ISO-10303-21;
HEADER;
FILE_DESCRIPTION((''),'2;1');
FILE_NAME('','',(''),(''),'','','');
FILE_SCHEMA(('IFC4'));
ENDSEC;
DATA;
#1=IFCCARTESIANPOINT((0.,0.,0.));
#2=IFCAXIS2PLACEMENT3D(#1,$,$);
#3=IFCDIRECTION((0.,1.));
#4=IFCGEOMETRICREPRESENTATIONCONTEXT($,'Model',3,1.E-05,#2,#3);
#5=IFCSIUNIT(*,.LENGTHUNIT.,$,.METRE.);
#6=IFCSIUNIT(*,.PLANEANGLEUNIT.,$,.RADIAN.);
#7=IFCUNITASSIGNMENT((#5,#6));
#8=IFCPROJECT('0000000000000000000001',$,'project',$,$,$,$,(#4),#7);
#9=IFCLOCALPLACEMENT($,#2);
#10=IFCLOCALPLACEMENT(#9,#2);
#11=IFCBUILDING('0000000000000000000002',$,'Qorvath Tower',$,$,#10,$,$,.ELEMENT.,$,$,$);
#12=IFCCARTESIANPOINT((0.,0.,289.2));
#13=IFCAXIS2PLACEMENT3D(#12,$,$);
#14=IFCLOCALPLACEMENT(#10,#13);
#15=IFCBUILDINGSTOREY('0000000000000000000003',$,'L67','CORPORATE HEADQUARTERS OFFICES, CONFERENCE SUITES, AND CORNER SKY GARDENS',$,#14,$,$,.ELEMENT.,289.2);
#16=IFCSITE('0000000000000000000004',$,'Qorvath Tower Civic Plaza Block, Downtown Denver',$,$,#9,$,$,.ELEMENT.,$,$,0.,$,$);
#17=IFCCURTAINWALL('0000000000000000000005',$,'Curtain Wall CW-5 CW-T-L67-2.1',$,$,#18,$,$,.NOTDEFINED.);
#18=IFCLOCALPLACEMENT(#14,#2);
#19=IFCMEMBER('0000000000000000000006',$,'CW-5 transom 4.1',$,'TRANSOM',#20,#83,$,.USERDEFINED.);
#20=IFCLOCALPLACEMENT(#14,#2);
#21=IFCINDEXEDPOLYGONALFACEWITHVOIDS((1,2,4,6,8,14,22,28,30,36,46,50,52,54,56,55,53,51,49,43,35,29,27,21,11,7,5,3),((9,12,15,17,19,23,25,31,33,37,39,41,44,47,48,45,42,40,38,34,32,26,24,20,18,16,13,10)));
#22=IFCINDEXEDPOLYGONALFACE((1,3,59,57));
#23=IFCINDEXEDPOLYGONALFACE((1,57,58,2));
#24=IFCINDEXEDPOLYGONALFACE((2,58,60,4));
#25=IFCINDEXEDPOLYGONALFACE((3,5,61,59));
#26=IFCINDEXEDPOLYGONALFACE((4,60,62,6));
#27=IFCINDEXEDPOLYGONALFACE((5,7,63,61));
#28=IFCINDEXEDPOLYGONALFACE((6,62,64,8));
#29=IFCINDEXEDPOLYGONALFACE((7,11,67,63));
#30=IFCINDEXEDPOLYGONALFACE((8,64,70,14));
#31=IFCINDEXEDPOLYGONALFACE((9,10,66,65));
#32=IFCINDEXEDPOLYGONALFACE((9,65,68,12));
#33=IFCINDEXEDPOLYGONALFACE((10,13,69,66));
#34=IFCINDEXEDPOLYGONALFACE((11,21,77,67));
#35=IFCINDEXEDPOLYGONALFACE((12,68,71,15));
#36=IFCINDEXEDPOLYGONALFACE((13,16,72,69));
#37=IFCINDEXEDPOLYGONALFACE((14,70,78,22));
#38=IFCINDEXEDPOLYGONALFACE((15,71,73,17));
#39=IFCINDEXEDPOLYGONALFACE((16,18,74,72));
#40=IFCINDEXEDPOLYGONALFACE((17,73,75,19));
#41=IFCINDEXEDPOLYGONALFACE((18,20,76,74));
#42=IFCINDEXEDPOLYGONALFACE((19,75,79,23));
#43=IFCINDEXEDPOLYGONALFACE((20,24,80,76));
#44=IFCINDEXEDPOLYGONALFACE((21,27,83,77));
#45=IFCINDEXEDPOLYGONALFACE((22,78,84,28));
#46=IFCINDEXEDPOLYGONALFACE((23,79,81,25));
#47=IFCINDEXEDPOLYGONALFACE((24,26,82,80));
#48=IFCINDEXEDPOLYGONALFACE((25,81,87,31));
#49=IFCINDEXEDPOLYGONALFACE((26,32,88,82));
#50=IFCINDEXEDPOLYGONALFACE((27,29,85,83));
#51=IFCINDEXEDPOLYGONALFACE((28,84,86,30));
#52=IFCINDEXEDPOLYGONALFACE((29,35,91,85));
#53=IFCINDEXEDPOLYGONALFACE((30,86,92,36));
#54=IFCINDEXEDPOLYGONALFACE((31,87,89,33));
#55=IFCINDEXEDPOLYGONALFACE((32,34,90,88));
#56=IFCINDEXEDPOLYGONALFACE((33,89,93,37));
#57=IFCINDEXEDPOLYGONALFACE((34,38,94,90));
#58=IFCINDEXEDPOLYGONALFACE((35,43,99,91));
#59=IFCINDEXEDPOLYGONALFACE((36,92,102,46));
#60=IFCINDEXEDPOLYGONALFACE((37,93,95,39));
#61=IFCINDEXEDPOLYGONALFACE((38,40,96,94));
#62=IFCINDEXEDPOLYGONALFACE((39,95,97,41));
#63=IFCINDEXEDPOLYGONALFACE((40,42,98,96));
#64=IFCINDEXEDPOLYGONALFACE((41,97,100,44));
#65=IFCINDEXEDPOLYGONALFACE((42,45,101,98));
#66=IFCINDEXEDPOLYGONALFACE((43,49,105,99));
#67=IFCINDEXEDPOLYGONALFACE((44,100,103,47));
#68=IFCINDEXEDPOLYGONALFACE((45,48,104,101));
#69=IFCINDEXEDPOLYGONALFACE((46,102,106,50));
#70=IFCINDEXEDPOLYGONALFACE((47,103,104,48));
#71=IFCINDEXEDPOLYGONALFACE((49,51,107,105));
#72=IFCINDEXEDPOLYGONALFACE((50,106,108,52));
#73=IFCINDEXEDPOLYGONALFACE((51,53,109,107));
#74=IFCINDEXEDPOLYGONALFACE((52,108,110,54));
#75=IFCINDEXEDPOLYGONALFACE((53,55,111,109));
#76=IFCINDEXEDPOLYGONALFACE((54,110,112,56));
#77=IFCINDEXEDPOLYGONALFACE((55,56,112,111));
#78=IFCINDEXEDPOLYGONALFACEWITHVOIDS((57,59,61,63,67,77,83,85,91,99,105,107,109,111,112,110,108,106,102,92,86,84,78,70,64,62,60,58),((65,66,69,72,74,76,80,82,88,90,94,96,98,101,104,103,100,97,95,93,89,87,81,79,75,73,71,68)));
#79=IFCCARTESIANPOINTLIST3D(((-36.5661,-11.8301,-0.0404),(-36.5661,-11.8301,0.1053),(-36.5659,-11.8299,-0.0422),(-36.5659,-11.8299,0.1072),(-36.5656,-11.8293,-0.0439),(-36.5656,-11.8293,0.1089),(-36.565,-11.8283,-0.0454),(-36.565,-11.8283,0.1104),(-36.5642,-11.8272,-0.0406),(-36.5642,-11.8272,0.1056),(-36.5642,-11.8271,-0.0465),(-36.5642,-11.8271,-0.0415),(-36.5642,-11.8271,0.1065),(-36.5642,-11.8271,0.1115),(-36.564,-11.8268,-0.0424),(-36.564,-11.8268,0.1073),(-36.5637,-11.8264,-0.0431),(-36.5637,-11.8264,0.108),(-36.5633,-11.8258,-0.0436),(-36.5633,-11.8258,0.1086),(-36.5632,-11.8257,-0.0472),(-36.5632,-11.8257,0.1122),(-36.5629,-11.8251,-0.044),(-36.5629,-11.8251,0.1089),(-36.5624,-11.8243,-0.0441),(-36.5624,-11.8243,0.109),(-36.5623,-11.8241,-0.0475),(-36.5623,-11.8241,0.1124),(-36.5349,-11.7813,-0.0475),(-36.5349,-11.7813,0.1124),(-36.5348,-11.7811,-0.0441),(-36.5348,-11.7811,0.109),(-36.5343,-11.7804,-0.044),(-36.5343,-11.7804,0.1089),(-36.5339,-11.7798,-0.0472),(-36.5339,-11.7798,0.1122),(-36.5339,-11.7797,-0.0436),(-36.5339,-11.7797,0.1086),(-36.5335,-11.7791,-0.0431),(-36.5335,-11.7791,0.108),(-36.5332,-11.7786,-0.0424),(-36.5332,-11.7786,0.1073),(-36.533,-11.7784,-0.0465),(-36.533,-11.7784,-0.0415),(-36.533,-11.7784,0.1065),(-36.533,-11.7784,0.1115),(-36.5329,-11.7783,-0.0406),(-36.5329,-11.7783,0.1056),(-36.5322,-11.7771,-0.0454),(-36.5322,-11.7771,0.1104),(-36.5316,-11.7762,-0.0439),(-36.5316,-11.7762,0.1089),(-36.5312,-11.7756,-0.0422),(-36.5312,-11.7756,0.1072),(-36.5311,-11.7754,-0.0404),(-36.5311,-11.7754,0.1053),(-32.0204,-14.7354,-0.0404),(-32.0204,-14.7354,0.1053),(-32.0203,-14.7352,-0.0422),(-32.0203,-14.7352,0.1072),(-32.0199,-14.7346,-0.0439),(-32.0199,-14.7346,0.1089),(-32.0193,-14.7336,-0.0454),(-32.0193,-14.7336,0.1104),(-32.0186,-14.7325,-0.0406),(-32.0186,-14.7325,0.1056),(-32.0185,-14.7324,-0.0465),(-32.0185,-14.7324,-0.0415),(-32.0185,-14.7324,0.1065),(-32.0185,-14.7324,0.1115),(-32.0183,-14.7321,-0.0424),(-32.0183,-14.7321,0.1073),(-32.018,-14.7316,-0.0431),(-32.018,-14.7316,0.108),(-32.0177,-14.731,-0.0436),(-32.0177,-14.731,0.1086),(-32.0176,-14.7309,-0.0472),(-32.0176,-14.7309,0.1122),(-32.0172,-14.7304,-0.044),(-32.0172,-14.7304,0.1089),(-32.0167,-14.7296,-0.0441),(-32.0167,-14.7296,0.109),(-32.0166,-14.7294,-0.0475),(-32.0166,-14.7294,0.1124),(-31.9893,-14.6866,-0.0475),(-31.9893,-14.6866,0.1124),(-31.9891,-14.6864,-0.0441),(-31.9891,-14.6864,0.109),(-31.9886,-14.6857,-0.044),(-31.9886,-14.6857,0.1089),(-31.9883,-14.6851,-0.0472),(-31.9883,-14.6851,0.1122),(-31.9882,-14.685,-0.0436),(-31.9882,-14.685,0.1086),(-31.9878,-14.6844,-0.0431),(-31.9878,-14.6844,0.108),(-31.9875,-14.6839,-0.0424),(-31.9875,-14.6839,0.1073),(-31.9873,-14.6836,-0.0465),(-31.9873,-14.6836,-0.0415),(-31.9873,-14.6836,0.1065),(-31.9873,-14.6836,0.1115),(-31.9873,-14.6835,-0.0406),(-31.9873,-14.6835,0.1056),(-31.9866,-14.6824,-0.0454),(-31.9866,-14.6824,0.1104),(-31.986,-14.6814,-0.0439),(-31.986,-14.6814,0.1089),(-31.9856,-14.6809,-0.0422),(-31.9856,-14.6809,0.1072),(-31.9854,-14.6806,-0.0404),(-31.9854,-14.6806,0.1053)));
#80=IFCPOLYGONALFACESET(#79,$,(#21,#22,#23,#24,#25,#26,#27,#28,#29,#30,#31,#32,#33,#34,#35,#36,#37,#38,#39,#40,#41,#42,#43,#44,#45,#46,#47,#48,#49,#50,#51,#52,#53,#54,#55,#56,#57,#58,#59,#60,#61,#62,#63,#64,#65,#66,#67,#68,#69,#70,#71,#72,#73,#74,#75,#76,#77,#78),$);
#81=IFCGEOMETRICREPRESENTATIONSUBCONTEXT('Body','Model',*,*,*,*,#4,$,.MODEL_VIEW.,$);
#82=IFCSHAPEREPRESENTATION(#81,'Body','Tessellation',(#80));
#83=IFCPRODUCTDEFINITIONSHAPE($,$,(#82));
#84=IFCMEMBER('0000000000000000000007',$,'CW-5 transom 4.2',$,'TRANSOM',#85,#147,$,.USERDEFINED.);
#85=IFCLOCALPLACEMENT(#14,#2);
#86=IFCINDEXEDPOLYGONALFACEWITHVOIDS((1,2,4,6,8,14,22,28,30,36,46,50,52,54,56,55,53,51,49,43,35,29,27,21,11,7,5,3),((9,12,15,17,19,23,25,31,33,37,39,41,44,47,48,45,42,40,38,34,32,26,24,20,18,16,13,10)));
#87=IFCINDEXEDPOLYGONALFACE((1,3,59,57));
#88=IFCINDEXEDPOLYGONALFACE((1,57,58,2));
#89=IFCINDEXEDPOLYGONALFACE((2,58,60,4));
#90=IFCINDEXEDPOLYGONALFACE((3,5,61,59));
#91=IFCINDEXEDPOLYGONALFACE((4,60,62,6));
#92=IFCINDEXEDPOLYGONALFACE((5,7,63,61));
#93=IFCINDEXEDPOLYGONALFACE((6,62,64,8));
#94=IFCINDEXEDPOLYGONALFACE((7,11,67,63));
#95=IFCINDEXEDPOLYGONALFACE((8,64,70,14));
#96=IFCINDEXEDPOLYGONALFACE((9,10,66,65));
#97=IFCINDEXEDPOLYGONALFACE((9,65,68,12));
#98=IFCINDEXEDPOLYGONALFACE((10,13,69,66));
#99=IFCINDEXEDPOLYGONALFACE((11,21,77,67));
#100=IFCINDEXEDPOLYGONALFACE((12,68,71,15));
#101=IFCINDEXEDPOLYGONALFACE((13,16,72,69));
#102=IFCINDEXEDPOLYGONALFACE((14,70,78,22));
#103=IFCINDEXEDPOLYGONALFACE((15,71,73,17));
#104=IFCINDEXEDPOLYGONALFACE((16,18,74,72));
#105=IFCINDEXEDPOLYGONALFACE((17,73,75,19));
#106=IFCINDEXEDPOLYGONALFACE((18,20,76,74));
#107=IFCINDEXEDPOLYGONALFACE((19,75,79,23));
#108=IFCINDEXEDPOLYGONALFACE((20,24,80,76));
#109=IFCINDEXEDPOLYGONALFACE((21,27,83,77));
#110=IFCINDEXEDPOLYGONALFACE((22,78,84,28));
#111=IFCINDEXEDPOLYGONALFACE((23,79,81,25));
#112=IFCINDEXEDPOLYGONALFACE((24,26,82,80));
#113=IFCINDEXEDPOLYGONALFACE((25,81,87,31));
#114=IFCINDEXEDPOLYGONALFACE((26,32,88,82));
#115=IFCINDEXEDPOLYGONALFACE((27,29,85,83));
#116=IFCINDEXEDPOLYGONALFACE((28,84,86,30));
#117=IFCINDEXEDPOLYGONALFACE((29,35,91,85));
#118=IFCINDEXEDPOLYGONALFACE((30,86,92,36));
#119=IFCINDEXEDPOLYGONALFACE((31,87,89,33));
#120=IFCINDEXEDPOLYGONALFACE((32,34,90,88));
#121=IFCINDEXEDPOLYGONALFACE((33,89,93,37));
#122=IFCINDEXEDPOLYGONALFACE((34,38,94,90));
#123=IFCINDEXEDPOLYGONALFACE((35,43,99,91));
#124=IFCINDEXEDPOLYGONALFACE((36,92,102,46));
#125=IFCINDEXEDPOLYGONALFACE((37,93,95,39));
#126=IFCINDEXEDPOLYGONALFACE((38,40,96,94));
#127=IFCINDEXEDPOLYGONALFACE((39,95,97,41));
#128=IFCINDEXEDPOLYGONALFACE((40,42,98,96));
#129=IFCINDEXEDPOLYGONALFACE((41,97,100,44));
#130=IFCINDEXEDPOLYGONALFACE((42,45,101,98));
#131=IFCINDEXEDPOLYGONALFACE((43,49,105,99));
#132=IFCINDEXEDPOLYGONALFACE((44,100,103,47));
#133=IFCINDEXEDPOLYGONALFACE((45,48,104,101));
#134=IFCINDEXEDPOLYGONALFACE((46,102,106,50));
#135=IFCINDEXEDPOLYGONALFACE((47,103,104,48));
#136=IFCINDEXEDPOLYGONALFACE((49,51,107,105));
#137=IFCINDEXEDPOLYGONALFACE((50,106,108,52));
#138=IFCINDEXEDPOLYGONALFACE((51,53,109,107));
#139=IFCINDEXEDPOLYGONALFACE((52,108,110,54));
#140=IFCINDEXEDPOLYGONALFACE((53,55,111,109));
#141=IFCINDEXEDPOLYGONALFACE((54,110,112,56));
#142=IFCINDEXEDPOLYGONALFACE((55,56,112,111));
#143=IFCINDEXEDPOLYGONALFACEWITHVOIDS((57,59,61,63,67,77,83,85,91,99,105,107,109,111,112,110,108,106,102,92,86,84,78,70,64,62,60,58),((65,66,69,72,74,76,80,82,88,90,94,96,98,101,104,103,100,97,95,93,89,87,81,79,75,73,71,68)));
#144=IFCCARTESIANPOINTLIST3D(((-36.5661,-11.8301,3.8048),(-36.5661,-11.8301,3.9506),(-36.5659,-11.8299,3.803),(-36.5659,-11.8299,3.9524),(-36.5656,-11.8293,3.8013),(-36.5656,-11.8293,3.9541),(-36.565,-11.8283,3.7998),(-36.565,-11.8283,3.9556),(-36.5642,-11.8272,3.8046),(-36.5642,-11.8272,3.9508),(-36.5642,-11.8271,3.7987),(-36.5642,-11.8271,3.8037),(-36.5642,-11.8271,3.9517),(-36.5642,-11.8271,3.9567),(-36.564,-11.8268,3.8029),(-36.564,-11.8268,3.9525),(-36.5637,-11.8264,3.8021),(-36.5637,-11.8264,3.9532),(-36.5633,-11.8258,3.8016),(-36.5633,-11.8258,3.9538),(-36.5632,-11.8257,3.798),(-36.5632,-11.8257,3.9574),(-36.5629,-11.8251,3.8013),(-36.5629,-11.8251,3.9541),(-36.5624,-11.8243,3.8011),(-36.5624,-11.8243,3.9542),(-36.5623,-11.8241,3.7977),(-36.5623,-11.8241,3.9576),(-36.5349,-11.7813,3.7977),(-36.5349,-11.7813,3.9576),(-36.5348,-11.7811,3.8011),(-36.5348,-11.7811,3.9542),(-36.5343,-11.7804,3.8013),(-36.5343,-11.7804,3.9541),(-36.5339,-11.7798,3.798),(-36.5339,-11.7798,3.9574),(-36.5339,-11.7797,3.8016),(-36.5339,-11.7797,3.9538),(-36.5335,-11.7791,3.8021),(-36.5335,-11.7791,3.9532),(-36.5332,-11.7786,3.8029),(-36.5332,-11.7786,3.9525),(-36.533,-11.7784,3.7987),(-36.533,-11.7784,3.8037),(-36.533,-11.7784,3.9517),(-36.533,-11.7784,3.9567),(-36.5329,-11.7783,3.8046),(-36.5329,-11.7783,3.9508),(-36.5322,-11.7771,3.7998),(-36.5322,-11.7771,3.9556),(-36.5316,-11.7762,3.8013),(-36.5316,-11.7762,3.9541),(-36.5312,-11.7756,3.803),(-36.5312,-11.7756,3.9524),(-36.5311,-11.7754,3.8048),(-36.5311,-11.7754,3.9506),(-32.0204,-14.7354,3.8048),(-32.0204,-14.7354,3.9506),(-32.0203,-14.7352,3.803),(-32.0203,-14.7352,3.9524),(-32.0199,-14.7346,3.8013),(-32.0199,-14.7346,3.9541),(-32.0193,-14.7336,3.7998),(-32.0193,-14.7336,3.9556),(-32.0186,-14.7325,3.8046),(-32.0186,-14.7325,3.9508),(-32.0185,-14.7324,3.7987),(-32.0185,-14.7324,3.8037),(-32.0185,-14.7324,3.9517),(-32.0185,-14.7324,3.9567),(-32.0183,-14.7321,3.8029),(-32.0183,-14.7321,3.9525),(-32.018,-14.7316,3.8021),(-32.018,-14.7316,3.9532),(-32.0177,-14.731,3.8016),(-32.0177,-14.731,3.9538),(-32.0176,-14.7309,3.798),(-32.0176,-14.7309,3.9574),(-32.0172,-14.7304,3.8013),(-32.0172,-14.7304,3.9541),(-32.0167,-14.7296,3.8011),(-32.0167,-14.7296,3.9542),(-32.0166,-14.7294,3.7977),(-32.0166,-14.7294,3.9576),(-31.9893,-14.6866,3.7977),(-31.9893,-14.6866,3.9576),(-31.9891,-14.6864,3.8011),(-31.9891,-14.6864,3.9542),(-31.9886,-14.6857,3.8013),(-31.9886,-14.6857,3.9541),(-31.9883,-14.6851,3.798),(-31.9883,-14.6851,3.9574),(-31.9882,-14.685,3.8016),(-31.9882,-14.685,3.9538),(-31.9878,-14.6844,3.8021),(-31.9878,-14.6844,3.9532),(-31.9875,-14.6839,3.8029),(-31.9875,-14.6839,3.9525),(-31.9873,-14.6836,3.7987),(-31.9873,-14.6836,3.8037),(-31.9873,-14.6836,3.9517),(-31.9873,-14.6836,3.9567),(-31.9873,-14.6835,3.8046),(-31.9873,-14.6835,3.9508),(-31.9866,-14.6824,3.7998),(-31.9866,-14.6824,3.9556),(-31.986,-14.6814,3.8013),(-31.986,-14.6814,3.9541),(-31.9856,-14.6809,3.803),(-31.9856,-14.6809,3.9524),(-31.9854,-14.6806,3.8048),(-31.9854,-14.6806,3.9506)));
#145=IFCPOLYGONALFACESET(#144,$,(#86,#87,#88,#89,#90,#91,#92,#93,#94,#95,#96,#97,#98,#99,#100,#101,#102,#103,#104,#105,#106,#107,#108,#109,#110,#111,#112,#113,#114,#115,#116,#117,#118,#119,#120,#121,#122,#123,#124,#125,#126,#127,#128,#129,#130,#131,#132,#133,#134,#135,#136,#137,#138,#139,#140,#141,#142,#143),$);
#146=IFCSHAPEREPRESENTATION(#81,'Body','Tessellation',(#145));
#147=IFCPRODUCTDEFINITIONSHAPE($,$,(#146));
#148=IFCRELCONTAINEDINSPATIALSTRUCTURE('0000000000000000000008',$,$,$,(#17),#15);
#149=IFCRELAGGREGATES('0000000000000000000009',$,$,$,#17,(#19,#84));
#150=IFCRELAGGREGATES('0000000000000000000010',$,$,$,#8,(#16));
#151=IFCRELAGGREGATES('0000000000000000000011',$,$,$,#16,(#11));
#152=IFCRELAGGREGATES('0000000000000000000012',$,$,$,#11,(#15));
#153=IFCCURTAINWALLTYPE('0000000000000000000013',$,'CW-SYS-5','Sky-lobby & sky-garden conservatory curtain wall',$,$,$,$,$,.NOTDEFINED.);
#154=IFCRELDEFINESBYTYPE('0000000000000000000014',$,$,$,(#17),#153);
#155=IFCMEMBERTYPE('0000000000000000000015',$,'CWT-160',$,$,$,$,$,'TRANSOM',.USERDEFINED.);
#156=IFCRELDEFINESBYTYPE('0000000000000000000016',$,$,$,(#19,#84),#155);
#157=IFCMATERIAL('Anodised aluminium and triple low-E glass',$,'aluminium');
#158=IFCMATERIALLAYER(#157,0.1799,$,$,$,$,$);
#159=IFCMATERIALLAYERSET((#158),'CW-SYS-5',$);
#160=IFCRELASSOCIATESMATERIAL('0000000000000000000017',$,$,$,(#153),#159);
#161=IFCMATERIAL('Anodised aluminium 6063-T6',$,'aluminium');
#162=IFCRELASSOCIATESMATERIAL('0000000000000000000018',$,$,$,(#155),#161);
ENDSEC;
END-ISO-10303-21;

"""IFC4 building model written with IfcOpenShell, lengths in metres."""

from ifc_helpers import new_model, si_unit, direction, frame, origin, origin_2d, place, context, subcontext, project, spatial, hollow_rectangle, extrude, material, layer, layer_set, material_profile, profile_set, type_object, element, aggregate, save


model = new_model("IFC4")

# Units and contexts
model_context = context("Model", 3, precision=1e-05, world=origin(), true_north=direction((0.0, 1.0)))
body_context = subcontext(model_context, "Body", "Model", "MODEL_VIEW")
ifc_project = project(units=[si_unit("LENGTHUNIT", "METRE"), si_unit("PLANEANGLEUNIT", "RADIAN")], contexts=[model_context])

# Site, building, storey
site_placement = place(None, origin())
site = spatial("IfcSite", under=ifc_project, at=site_placement, Name="Qorvath Tower Civic Plaza Block, Downtown Denver", CompositionType="ELEMENT", RefElevation=0.0)
building_placement = place(site_placement, origin())
building = spatial("IfcBuilding", under=site, at=building_placement, Name="Qorvath Tower", CompositionType="ELEMENT")
storey_placement = place(building_placement, frame((0.0, 0.0, 289.2)))
storey = spatial("IfcBuildingStorey", under=building, at=storey_placement, Name="L67", Description="CORPORATE HEADQUARTERS OFFICES, CONFERENCE SUITES, AND CORNER SKY GARDENS", CompositionType="ELEMENT", Elevation=289.2)

# Curtain wall, members
ifc_material_1 = material(Name="Anodised aluminium and triple low-E glass", Category="aluminium")
ifc_layer_1 = layer(ifc_material_1, 0.1799)
ifc_layer_set_1 = layer_set([ifc_layer_1], Name="CW-SYS-5")
curtain_wall_type = type_object("IfcCurtainWallType", Name="CW-SYS-5", Description="Sky-lobby & sky-garden conservatory curtain wall", PredefinedType="NOTDEFINED", material=ifc_layer_set_1)
curtain_wall_placement = place(storey_placement, origin())
curtain_wall = element("IfcCurtainWall", 1, at=curtain_wall_placement, inside=storey, type_object=curtain_wall_type, Name="Curtain Wall CW-5 CW-T-L67-2.1", PredefinedType="NOTDEFINED")
ifc_material_2 = material(Name="Anodised aluminium 6063-T6", Category="aluminium")
ifc_material_profile_1 = material_profile(ifc_material_2, hollow_rectangle(XDim=0.0649, YDim=0.1599, WallThickness=0.0034, InnerFilletRadius=0.0034, OuterFilletRadius=0.0071, at=origin_2d()), Name="CWT 160x65")
ifc_profile_set_1 = profile_set([ifc_material_profile_1], Name="Anodised aluminium 6063-T6")
member_type_1 = type_object("IfcMemberType", Name="CWT-160", ElementType="TRANSOM", PredefinedType="USERDEFINED", material=ifc_profile_set_1)
member_1_placement = place(storey_placement, frame((-36.5486, -11.8027, 0.0325), z_axis=(0.842603, -0.538535, 0.0), x_axis=(0.538535, 0.842603, 0.0)))
member_1 = element("IfcMember", 2, at=member_1_placement, type_object=member_type_1, Name="CW-5 transom 4.1", ObjectType="TRANSOM", PredefinedType="USERDEFINED", context=body_context, shape_type="SweptSolid", body=[
    extrude(hollow_rectangle(XDim=0.0649, YDim=0.1599, WallThickness=0.0034, InnerFilletRadius=0.0034, OuterFilletRadius=0.0071, at=origin_2d()), origin(), (0.0, 0.0, 1.0), 5.3948),
])
member_2_placement = place(storey_placement, frame((-36.5486, -11.8027, 3.8777), z_axis=(0.842603, -0.538535, 0.0), x_axis=(0.538535, 0.842603, 0.0)))
member_2 = element("IfcMember", 3, at=member_2_placement, type_object=member_type_1, Name="CW-5 transom 4.2", ObjectType="TRANSOM", PredefinedType="USERDEFINED", context=body_context, shape_type="SweptSolid", body=[
    extrude(hollow_rectangle(XDim=0.0649, YDim=0.1599, WallThickness=0.0034, InnerFilletRadius=0.0034, OuterFilletRadius=0.0071, at=origin_2d()), origin(), (0.0, 0.0, 1.0), 5.3948),
])

aggregate(curtain_wall, [member_1, member_2])

save(model, "model.ifc")
